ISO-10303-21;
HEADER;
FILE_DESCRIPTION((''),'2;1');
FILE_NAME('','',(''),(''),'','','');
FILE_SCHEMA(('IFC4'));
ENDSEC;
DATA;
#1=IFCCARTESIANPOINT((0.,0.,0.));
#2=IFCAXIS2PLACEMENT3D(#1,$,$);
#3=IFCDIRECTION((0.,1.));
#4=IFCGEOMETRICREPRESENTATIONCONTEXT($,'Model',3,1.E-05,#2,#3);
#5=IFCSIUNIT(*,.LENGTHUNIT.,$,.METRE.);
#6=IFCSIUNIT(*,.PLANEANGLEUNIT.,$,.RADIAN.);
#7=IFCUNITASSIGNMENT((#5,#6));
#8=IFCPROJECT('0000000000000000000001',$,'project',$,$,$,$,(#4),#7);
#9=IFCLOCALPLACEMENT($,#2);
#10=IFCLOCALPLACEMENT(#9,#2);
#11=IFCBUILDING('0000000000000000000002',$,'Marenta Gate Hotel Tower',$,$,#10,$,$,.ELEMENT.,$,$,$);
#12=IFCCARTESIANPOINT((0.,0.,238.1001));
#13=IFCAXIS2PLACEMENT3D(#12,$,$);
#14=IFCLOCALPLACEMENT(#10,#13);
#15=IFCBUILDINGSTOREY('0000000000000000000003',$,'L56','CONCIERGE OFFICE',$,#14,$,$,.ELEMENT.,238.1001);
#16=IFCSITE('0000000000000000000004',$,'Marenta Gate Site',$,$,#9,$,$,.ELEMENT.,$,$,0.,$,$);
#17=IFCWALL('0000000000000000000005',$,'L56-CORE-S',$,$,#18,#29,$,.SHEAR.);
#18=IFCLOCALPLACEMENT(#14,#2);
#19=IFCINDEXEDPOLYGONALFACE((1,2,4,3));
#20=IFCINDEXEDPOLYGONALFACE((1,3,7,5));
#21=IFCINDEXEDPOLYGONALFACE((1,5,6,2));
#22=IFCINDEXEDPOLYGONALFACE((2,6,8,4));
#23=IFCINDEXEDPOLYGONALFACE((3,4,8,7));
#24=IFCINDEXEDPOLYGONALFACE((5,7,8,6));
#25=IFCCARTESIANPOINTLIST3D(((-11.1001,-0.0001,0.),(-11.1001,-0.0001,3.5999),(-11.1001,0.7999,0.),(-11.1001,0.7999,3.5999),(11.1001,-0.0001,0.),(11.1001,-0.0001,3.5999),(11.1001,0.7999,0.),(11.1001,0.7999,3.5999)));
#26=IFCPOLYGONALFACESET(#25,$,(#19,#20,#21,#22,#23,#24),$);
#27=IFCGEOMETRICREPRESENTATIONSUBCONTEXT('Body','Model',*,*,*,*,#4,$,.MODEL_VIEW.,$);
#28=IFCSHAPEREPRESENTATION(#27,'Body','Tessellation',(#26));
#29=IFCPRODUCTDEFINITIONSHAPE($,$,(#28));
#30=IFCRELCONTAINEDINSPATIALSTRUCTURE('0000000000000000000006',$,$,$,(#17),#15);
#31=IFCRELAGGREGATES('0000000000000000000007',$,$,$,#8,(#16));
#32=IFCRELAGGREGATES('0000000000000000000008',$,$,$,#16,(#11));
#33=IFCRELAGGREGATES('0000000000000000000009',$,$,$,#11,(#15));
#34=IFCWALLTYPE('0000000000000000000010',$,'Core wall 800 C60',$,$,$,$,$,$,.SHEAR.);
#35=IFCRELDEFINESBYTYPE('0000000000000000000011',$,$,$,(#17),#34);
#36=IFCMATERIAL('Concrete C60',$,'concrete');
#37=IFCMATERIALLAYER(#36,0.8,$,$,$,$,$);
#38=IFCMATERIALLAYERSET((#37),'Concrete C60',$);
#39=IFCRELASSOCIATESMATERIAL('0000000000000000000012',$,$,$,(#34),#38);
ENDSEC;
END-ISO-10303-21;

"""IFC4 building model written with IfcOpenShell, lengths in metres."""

from ifc_helpers import new_model, si_unit, direction, frame, frame_2d, origin, place, context, subcontext, project, spatial, rectangle, extrude, material, layer, layer_set, type_object, element, save


model = new_model("IFC4")

# Units and contexts
model_context = context("Model", 3, precision=1e-05, world=origin(), true_north=direction((0.0, 1.0)))
body_context = subcontext(model_context, "Body", "Model", "MODEL_VIEW")
ifc_project = project(units=[si_unit("LENGTHUNIT", "METRE"), si_unit("PLANEANGLEUNIT", "RADIAN")], contexts=[model_context])

# Site, building, storey
site_placement = place(None, origin())
site = spatial("IfcSite", under=ifc_project, at=site_placement, Name="Marenta Gate Site", CompositionType="ELEMENT", RefElevation=0.0)
building_placement = place(site_placement, origin())
building = spatial("IfcBuilding", under=site, at=building_placement, Name="Marenta Gate Hotel Tower", CompositionType="ELEMENT")
storey_placement = place(building_placement, frame((0.0, 0.0, 238.1001)))
storey = spatial("IfcBuildingStorey", under=building, at=storey_placement, Name="L56", Description="CONCIERGE OFFICE", CompositionType="ELEMENT", Elevation=238.1001)

# Shared definitions
ifc_material_1 = material(Name="Concrete C60", Category="concrete")
ifc_layer_1 = layer(ifc_material_1, 0.8)
ifc_layer_set_1 = layer_set([ifc_layer_1], Name="Concrete C60")
wall_type_1 = type_object("IfcWallType", Name="Core wall 800 C60", PredefinedType="SHEAR", material=ifc_layer_set_1)

# Wall
wall_1_placement = place(storey_placement, frame((-11.1001, 0.3999, 0.0), z_axis=(0.0, 0.0, 1.0), x_axis=(1.0, 0.0, 0.0)))
element("IfcWall", 1, at=wall_1_placement, inside=storey, type_object=wall_type_1, Name="L56-CORE-S", PredefinedType="SHEAR", context=body_context, shape_type="SweptSolid", body=[
    extrude(rectangle(XDim=22.2002, YDim=0.8, at=frame_2d((11.1001, 0.0))), origin(), (0.0, 0.0, 1.0), 3.5999),
])

save(model, "model.ifc")
